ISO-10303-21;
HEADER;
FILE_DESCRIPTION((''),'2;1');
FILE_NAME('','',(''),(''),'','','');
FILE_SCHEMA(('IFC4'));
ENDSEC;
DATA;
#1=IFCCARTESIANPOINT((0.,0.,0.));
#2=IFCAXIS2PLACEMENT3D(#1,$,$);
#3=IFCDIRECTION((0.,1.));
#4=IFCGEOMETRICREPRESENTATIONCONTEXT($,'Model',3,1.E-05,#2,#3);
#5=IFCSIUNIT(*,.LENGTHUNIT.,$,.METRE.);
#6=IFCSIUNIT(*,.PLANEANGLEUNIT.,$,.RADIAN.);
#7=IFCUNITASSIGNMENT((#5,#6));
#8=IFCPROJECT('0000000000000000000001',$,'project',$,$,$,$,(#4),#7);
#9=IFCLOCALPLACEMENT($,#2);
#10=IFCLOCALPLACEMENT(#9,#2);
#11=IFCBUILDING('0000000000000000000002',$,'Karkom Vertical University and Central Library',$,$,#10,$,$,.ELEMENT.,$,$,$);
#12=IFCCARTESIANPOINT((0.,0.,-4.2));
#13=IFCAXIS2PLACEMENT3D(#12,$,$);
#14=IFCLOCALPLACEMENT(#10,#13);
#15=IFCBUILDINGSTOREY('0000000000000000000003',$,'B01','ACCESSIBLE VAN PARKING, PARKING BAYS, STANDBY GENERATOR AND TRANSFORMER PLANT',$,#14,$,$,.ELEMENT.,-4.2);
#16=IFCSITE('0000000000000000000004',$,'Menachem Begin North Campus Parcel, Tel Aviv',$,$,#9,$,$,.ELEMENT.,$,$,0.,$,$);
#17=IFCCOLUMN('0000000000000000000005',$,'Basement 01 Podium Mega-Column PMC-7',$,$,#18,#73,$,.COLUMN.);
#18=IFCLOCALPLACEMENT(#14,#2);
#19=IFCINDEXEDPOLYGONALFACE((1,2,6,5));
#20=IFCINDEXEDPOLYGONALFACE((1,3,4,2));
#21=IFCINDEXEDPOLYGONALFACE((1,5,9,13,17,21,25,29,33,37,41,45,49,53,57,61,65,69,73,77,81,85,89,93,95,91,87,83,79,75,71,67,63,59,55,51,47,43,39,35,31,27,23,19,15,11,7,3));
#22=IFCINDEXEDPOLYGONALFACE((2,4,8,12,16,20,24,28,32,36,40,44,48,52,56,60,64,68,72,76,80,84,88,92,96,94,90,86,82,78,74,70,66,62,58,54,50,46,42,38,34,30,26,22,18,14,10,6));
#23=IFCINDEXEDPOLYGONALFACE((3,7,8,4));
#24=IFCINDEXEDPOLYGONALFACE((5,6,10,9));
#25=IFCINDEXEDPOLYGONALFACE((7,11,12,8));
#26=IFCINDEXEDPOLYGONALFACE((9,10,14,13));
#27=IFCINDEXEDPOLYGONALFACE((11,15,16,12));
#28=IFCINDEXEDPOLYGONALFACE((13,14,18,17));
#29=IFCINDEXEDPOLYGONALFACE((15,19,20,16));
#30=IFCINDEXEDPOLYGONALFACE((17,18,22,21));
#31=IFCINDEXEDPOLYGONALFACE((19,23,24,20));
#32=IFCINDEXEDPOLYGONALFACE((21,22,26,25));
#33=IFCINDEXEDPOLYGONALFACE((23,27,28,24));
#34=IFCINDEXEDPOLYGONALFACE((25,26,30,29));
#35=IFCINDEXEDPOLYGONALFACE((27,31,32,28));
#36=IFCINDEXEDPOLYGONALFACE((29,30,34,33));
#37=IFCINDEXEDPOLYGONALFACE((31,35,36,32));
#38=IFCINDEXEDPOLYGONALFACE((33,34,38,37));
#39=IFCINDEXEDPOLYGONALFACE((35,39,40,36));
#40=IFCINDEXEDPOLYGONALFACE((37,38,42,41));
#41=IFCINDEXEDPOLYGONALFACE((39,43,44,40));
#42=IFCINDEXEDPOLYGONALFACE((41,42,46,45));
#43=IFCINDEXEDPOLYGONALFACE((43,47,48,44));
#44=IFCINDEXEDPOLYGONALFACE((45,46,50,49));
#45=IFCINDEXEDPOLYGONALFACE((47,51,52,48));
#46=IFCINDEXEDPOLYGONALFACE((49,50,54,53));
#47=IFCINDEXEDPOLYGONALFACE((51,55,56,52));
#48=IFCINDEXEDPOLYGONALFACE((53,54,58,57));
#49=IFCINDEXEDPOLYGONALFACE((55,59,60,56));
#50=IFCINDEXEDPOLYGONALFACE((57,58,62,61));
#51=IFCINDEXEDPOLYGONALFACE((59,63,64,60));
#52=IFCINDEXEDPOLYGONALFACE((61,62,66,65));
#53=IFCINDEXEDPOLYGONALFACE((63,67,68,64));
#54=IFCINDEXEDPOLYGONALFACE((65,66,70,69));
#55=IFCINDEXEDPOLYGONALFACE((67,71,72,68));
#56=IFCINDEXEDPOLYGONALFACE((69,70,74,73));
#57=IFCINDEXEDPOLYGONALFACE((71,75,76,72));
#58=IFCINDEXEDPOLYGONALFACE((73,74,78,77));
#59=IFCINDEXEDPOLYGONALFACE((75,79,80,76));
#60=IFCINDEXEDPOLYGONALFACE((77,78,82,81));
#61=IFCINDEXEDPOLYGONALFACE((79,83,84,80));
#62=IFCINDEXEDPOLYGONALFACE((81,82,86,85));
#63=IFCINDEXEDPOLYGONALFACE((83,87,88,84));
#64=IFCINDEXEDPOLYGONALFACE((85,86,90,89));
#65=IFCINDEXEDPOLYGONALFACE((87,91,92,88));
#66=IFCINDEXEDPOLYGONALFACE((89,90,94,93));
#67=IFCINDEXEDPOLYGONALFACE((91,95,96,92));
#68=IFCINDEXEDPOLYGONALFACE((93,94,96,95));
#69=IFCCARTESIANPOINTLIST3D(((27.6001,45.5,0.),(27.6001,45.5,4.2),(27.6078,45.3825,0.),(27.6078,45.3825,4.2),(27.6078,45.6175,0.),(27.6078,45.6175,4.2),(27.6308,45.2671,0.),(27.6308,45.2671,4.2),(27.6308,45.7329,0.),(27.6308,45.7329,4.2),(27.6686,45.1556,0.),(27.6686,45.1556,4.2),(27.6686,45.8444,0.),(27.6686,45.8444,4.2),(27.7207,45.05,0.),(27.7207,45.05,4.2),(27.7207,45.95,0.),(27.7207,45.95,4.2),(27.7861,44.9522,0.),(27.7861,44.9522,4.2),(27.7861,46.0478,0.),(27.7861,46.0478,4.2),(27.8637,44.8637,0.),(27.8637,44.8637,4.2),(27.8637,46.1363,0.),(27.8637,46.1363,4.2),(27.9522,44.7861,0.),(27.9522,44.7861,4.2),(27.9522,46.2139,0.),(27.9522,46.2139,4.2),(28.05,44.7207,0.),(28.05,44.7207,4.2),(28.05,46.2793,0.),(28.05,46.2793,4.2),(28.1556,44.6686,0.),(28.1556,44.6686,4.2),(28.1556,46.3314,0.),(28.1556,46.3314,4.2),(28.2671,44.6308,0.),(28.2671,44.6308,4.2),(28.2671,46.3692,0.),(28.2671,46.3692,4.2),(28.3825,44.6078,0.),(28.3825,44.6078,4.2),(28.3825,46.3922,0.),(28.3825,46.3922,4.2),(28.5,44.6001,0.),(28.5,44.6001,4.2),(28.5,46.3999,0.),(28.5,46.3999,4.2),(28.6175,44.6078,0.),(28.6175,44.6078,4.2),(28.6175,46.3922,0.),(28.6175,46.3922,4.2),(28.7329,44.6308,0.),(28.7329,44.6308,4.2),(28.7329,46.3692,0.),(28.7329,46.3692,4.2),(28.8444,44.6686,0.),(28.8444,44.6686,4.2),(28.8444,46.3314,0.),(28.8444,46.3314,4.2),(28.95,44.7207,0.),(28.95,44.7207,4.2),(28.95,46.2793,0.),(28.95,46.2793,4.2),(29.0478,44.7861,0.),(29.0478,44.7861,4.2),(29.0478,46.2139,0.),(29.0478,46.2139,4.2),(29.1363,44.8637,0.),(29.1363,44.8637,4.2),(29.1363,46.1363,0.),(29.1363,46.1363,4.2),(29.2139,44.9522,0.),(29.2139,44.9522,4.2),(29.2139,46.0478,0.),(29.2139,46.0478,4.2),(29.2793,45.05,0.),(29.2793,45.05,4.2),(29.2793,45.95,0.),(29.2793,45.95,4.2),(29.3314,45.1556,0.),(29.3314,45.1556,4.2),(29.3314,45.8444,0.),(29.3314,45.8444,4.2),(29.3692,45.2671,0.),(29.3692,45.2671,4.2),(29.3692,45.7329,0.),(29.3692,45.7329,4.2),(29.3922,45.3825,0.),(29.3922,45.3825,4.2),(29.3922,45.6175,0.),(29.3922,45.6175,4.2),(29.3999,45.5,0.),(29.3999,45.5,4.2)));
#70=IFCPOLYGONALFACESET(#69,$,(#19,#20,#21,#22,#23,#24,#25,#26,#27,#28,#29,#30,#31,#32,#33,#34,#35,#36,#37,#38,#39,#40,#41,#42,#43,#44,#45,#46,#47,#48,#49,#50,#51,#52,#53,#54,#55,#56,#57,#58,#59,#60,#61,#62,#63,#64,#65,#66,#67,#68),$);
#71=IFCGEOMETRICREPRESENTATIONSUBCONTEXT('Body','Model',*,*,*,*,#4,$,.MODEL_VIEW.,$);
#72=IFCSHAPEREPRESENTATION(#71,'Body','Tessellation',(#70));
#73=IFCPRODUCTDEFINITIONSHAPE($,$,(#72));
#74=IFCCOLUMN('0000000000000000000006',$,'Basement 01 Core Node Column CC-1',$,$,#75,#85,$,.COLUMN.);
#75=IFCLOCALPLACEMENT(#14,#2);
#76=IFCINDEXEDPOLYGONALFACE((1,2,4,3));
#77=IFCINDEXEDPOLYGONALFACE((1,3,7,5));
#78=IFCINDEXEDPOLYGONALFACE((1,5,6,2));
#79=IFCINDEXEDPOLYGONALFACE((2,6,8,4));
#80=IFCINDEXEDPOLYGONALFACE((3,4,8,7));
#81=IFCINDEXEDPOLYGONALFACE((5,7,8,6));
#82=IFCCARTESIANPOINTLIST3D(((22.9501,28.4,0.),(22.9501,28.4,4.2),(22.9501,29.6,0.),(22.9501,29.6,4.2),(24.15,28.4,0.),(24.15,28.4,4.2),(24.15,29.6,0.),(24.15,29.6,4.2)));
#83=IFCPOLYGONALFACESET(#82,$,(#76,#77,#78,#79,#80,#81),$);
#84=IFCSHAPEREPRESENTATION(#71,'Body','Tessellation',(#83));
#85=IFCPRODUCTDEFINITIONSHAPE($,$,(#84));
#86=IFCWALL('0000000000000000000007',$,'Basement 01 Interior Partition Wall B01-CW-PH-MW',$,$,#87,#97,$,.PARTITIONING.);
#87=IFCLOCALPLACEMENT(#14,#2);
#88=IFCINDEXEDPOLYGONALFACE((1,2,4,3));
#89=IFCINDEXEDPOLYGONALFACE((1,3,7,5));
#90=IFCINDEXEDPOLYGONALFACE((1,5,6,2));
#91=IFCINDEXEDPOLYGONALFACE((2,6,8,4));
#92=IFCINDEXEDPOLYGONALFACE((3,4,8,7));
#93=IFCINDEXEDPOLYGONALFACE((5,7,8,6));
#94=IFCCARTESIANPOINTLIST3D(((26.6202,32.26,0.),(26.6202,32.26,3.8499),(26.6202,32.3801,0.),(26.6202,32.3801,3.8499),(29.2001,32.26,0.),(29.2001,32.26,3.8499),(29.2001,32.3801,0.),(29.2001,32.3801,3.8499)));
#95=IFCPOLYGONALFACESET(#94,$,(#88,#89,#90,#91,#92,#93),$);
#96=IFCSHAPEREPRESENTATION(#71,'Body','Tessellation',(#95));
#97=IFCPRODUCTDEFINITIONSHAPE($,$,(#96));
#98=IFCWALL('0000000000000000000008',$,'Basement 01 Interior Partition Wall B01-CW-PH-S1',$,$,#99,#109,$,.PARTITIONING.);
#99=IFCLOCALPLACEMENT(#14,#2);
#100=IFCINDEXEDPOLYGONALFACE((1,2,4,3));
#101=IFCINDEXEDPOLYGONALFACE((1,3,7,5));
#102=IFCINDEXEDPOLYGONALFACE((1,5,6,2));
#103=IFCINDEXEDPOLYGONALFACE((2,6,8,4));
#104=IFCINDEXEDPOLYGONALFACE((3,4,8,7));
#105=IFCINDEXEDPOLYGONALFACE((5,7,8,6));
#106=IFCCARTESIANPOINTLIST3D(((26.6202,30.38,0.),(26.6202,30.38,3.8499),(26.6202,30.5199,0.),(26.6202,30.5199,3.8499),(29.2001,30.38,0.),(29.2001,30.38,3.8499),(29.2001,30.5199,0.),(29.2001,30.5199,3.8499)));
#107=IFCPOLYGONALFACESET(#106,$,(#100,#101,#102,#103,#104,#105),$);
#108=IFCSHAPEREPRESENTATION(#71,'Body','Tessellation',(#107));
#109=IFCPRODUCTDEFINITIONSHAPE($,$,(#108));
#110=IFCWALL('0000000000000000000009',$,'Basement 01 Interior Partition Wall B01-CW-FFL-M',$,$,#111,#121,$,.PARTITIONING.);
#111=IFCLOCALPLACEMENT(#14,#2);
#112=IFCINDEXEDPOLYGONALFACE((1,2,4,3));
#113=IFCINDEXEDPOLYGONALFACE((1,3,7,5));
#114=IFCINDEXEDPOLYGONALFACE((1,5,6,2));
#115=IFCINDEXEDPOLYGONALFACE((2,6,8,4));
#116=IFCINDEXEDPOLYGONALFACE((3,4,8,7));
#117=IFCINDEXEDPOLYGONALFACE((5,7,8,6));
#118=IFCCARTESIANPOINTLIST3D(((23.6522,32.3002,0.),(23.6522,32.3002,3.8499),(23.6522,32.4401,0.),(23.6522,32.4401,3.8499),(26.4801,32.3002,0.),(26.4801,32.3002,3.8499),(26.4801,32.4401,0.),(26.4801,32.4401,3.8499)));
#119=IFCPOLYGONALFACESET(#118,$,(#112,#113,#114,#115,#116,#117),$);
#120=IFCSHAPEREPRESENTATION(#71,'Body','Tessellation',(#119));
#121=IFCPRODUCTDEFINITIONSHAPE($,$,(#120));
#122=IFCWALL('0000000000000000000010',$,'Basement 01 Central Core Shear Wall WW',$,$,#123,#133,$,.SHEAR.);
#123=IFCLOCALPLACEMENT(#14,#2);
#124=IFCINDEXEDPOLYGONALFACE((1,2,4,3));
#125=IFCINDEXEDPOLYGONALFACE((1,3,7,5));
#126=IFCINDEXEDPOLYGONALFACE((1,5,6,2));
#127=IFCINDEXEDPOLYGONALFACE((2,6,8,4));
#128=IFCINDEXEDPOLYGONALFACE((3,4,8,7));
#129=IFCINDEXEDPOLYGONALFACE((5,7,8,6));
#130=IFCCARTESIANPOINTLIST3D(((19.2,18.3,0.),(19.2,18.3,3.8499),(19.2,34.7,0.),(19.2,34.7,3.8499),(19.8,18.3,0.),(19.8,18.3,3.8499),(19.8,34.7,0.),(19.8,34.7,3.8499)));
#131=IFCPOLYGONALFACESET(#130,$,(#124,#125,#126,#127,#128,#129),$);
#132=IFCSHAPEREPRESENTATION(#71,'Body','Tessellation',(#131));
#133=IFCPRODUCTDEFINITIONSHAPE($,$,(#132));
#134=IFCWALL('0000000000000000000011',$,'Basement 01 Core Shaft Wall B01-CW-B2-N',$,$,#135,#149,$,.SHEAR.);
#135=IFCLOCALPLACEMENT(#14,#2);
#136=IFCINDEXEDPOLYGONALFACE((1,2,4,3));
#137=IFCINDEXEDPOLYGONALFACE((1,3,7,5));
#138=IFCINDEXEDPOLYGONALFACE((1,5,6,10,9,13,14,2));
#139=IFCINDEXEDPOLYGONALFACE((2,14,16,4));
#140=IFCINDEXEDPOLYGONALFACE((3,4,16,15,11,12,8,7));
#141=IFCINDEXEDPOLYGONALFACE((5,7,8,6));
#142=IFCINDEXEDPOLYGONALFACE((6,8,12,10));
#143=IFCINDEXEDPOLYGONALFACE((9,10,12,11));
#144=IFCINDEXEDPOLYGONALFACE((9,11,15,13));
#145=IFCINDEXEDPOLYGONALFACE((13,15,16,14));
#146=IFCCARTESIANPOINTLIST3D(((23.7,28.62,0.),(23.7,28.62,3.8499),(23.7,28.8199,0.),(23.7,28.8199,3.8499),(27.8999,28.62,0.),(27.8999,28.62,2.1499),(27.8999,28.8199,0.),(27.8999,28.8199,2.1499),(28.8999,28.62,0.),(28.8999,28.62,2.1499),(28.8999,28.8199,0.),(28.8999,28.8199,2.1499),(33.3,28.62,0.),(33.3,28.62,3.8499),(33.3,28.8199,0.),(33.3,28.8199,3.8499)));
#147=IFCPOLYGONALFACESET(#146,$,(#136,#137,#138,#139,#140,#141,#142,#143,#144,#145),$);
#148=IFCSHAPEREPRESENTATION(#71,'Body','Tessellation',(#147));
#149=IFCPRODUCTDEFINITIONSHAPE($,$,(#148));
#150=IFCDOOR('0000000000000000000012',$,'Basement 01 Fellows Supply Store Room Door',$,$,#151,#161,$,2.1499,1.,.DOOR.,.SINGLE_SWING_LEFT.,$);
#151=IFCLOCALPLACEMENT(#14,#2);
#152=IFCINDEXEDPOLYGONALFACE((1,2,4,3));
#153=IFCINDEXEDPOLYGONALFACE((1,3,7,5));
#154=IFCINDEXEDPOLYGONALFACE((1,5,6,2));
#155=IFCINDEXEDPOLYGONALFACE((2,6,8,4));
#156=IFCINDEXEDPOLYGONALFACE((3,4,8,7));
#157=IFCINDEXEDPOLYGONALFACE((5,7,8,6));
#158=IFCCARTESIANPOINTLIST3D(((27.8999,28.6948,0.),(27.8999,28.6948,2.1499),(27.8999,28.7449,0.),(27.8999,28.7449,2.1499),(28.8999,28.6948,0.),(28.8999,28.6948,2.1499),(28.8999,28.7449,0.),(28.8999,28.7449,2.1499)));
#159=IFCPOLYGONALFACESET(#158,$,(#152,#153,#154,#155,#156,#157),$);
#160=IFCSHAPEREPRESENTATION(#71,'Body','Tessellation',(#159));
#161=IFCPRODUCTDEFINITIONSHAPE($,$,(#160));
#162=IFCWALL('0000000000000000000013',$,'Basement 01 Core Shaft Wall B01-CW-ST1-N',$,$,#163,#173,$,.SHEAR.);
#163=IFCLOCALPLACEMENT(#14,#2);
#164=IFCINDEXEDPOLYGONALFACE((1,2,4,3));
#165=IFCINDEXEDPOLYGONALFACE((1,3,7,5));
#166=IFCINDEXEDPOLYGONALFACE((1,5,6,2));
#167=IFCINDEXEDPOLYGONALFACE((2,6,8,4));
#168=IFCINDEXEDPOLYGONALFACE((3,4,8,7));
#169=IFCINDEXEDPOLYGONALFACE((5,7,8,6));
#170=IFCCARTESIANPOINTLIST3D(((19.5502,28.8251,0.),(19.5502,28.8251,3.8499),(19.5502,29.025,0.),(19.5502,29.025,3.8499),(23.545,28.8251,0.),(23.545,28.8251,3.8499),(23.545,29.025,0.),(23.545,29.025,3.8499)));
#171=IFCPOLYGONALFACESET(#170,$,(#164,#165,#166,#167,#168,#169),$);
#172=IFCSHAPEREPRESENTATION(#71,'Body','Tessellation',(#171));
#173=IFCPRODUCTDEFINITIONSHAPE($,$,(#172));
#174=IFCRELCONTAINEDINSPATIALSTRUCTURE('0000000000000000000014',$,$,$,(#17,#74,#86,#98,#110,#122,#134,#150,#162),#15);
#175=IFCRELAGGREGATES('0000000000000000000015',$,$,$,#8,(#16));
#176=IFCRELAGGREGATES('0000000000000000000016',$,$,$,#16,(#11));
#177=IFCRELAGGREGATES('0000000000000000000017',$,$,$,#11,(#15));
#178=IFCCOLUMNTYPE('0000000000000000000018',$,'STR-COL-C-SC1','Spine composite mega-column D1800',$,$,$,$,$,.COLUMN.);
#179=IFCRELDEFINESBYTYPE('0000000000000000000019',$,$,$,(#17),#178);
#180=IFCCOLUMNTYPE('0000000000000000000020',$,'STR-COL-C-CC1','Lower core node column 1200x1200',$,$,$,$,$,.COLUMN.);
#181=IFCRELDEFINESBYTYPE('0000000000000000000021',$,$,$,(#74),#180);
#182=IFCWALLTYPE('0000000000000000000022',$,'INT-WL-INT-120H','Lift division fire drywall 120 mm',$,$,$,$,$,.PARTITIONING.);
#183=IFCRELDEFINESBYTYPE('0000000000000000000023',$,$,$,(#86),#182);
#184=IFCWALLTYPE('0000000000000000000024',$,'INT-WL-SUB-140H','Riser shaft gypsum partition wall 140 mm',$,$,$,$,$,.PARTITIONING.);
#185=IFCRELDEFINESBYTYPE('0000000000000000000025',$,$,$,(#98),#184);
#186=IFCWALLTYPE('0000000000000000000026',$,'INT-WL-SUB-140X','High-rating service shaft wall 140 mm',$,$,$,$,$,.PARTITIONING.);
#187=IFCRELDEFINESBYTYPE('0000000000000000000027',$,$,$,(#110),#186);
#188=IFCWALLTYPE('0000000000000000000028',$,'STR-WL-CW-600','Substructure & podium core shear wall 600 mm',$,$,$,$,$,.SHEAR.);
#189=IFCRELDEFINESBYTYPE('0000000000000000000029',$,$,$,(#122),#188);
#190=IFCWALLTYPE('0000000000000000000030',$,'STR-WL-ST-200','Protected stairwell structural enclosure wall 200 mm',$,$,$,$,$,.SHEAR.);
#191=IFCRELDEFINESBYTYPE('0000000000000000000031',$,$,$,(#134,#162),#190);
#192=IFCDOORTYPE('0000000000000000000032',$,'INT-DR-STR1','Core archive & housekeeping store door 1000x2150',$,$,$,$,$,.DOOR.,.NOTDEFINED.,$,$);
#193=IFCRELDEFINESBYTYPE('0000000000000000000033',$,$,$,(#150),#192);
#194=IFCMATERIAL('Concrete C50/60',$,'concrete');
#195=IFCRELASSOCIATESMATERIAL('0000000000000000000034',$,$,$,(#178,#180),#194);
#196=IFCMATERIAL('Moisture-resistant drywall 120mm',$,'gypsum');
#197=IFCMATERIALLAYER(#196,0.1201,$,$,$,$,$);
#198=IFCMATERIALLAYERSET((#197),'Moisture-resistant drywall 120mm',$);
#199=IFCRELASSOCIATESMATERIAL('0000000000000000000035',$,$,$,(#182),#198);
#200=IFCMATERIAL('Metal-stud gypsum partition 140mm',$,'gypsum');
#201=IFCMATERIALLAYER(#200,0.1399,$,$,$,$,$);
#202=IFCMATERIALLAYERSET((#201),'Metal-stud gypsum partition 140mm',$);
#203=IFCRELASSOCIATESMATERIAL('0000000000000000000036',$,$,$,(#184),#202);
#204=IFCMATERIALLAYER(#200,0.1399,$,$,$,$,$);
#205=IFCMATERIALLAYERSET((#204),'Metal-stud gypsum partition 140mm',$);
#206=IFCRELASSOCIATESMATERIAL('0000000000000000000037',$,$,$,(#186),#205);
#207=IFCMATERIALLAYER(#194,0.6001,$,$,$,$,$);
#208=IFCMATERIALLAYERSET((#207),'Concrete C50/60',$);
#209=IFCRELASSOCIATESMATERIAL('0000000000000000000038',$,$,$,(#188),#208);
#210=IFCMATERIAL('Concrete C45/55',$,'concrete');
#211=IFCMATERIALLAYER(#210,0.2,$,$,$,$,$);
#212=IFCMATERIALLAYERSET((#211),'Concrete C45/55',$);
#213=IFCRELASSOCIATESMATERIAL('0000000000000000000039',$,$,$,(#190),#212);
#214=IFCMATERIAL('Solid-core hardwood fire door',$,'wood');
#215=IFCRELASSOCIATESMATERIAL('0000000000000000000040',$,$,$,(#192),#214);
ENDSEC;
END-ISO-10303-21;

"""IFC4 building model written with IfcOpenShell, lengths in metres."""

from ifc_helpers import new_model, si_unit, direction, frame, frame_2d, origin, origin_with_axes, origin_2d, place, context, subcontext, project, spatial, rectangle, circle, extrude, source, transform, mapped, material, layer, layer_set, material_profile, profile_set, type_object, element, fill, save


model = new_model("IFC4")

# Units and contexts
model_context = context("Model", 3, precision=1e-05, world=origin(), true_north=direction((0.0, 1.0)))
body_context = subcontext(model_context, "Body", "Model", "MODEL_VIEW")
ifc_project = project(units=[si_unit("LENGTHUNIT", "METRE"), si_unit("PLANEANGLEUNIT", "RADIAN")], contexts=[model_context])

# Site, building, storey
site_placement = place(None, origin())
site = spatial("IfcSite", under=ifc_project, at=site_placement, Name="Menachem Begin North Campus Parcel, Tel Aviv", CompositionType="ELEMENT", RefElevation=0.0)
building_placement = place(site_placement, origin())
building = spatial("IfcBuilding", under=site, at=building_placement, Name="Karkom Vertical University and Central Library", CompositionType="ELEMENT")
storey_placement = place(building_placement, frame((0.0, 0.0, -4.2)))
storey = spatial("IfcBuildingStorey", under=building, at=storey_placement, Name="B01", Description="ACCESSIBLE VAN PARKING, PARKING BAYS, STANDBY GENERATOR AND TRANSFORMER PLANT", CompositionType="ELEMENT", Elevation=-4.2)

# Columns
ifc_material_1 = material(Name="Concrete C45/55", Category="concrete")
ifc_material_2 = material(Name="Concrete C50/60", Category="concrete")
ifc_material_profile_1 = material_profile(ifc_material_2, circle(Radius=0.8999, at=origin_2d()), Name="CFT-D1800")
ifc_profile_set_1 = profile_set([ifc_material_profile_1], Name="Concrete C50/60")
column_type_1 = type_object("IfcColumnType", Name="STR-COL-C-SC1", Description="Spine composite mega-column D1800", PredefinedType="COLUMN", material=ifc_profile_set_1)
shared_shape_1 = source(origin_with_axes(), body_context, "Body", "SweptSolid", [
    extrude(circle(Radius=0.8999, at=origin_2d()), origin(), (0.0, 0.0, 1.0), 4.2),
])
for number, where, z_axis, x_axis, name in (
    (1, (28.5, 45.5, 0.0), (0.0, 0.0, 1.0), (1.0, 0.0, 0.0), "Basement 01 Podium Mega-Column PMC-7"),
):
    element("IfcColumn", number, at=place(storey_placement, frame(where, z_axis=z_axis, x_axis=x_axis)), inside=storey, type_object=column_type_1, Name=name, PredefinedType="COLUMN", context=body_context, shape_type="MappedRepresentation", body=[
        mapped(shared_shape_1, transform((0.0, 0.0, 0.0), scale=1.0)),
    ])
ifc_material_profile_2 = material_profile(ifc_material_2, rectangle(XDim=1.2, YDim=1.2, at=origin_2d()), Name="RC-1200x1200")
ifc_profile_set_2 = profile_set([ifc_material_profile_2], Name="Concrete C50/60")
column_type_2 = type_object("IfcColumnType", Name="STR-COL-C-CC1", Description="Lower core node column 1200x1200", PredefinedType="COLUMN", material=ifc_profile_set_2)
shared_shape_2 = source(origin_with_axes(), body_context, "Body", "SweptSolid", [
    extrude(rectangle(XDim=1.2, YDim=1.2, at=origin_2d()), origin(), (0.0, 0.0, 1.0), 4.2),
])
column_1_placement = place(storey_placement, frame((23.55, 29.0, 0.0), z_axis=(0.0, 0.0, 1.0), x_axis=(1.0, 0.0, 0.0)))
element("IfcColumn", 2, at=column_1_placement, inside=storey, type_object=column_type_2, Name="Basement 01 Core Node Column CC-1", PredefinedType="COLUMN", context=body_context, shape_type="MappedRepresentation", body=[
    mapped(shared_shape_2, transform((0.0, 0.0, 0.0), scale=1.0)),
])

# Walls
ifc_material_3 = material(Name="Moisture-resistant drywall 120mm", Category="gypsum")
ifc_layer_1 = layer(ifc_material_3, 0.1201)
ifc_layer_set_1 = layer_set([ifc_layer_1], Name="Moisture-resistant drywall 120mm")
wall_type_1 = type_object("IfcWallType", Name="INT-WL-INT-120H", Description="Lift division fire drywall 120 mm", PredefinedType="PARTITIONING", material=ifc_layer_set_1)
wall_1_placement = place(storey_placement, frame((26.6201, 32.3201, 0.0), z_axis=(0.0, 0.0, 1.0), x_axis=(1.0, 0.0, 0.0)))
element("IfcWall", 3, at=wall_1_placement, inside=storey, type_object=wall_type_1, Name="Basement 01 Interior Partition Wall B01-CW-PH-MW", PredefinedType="PARTITIONING", context=body_context, shape_type="SweptSolid", body=[
    extrude(rectangle(XDim=2.5798, YDim=0.1201, at=frame_2d((1.29, 0.0))), origin(), (0.0, 0.0, 1.0), 3.8499),
])
ifc_material_4 = material(Name="Metal-stud gypsum partition 140mm", Category="gypsum")
ifc_layer_2 = layer(ifc_material_4, 0.1399)
ifc_layer_set_2 = layer_set([ifc_layer_2], Name="Metal-stud gypsum partition 140mm")
wall_type_2 = type_object("IfcWallType", Name="INT-WL-SUB-140H", Description="Riser shaft gypsum partition wall 140 mm", PredefinedType="PARTITIONING", material=ifc_layer_set_2)
wall_2_placement = place(storey_placement, frame((26.6201, 30.45, 0.0), z_axis=(0.0, 0.0, 1.0), x_axis=(1.0, 0.0, 0.0)))
element("IfcWall", 4, at=wall_2_placement, inside=storey, type_object=wall_type_2, Name="Basement 01 Interior Partition Wall B01-CW-PH-S1", PredefinedType="PARTITIONING", context=body_context, shape_type="SweptSolid", body=[
    extrude(rectangle(XDim=2.5798, YDim=0.1399, at=frame_2d((1.29, 0.0))), origin(), (0.0, 0.0, 1.0), 3.8499),
])
ifc_layer_3 = layer(ifc_material_4, 0.1399)
ifc_layer_set_3 = layer_set([ifc_layer_3], Name="Metal-stud gypsum partition 140mm")
wall_type_3 = type_object("IfcWallType", Name="INT-WL-SUB-140X", Description="High-rating service shaft wall 140 mm", PredefinedType="PARTITIONING", material=ifc_layer_set_3)
wall_3_placement = place(storey_placement, frame((23.6521, 32.3701, 0.0), z_axis=(0.0, 0.0, 1.0), x_axis=(1.0, 0.0, 0.0)))
element("IfcWall", 5, at=wall_3_placement, inside=storey, type_object=wall_type_3, Name="Basement 01 Interior Partition Wall B01-CW-FFL-M", PredefinedType="PARTITIONING", context=body_context, shape_type="SweptSolid", body=[
    extrude(rectangle(XDim=2.8279, YDim=0.1399, at=frame_2d((1.4141, 0.0))), origin(), (0.0, 0.0, 1.0), 3.8499),
])

# Shared definitions
ifc_layer_4 = layer(ifc_material_2, 0.6001)
ifc_layer_set_4 = layer_set([ifc_layer_4], Name="Concrete C50/60")
wall_type_4 = type_object("IfcWallType", Name="STR-WL-CW-600", Description="Substructure & podium core shear wall 600 mm", PredefinedType="SHEAR", material=ifc_layer_set_4)

# Wall
wall_4_placement = place(storey_placement, frame((19.5, 34.7, 0.0), z_axis=(0.0, 0.0, 1.0), x_axis=(0.0, -1.0, 0.0)))
element("IfcWall", 6, at=wall_4_placement, inside=storey, type_object=wall_type_4, Name="Basement 01 Central Core Shear Wall WW", PredefinedType="SHEAR", context=body_context, shape_type="SweptSolid", body=[
    extrude(rectangle(XDim=16.3999, YDim=0.6001, at=frame_2d((8.2, 0.0))), origin(), (0.0, 0.0, 1.0), 3.8499),
])

# Wall, opening, door
ifc_layer_5 = layer(ifc_material_1, 0.2)
ifc_layer_set_5 = layer_set([ifc_layer_5], Name="Concrete C45/55")
wall_type_5 = type_object("IfcWallType", Name="STR-WL-ST-200", Description="Protected stairwell structural enclosure wall 200 mm", PredefinedType="SHEAR", material=ifc_layer_set_5)
wall_5_placement = place(storey_placement, frame((23.7, 28.72, 0.0), z_axis=(0.0, 0.0, 1.0), x_axis=(1.0, 0.0, 0.0)))
wall_5 = element("IfcWall", 7, at=wall_5_placement, inside=storey, type_object=wall_type_5, Name="Basement 01 Core Shaft Wall B01-CW-B2-N", PredefinedType="SHEAR", context=body_context, shape_type="SweptSolid", body=[
    extrude(rectangle(XDim=9.6001, YDim=0.2, at=frame_2d((4.8, 0.0))), origin(), (0.0, 0.0, 1.0), 3.8499),
])
opening_1_placement = place(wall_5_placement, frame((4.2, 0.0, 0.0)))
opening_1 = element("IfcOpeningElement", 8, at=opening_1_placement, cuts=wall_5, PredefinedType="OPENING", context=body_context, shape_type="SweptSolid", body=[
    extrude(rectangle(XDim=1.0, YDim=2.1499, at=frame_2d((0.5, 1.075))), frame((0.0, 0.1099, 0.0), z_axis=(0.0, -1.0, 0.0), x_axis=(1.0, 0.0, 0.0)), (0.0, 0.0, 1.0), 0.22),
])
ifc_material_5 = material(Name="Solid-core hardwood fire door", Category="wood")
door_type_1 = type_object("IfcDoorType", Name="INT-DR-STR1", Description="Core archive & housekeeping store door 1000x2150", OperationType="NOTDEFINED", PredefinedType="DOOR", material=ifc_material_5)
shared_shape_3 = source(origin_with_axes(), body_context, "Body", "SweptSolid", [
    extrude(rectangle(XDim=1.0, YDim=2.1499, at=frame_2d((0.5, 1.075))), frame((0.0, 0.0249, 0.0), z_axis=(0.0, -1.0, 0.0), x_axis=(1.0, 0.0, 0.0)), (0.0, 0.0, 1.0), 0.05),
])
door_1_placement = place(opening_1_placement, origin())
door_1 = element("IfcDoor", 9, at=door_1_placement, inside=storey, type_object=door_type_1, Name="Basement 01 Fellows Supply Store Room Door", OperationType="SINGLE_SWING_LEFT", OverallHeight=2.1499, OverallWidth=1.0, PredefinedType="DOOR", context=body_context, shape_type="MappedRepresentation", body=[
    mapped(shared_shape_3, transform((0.0, 0.0, 0.0), scale=1.0)),
])
fill(opening_1, door_1)

# Wall
wall_6_placement = place(storey_placement, frame((19.55, 28.925, 0.0), z_axis=(0.0, 0.0, 1.0), x_axis=(1.0, 0.0, 0.0)))
element("IfcWall", 10, at=wall_6_placement, inside=storey, type_object=wall_type_5, Name="Basement 01 Core Shaft Wall B01-CW-ST1-N", PredefinedType="SHEAR", context=body_context, shape_type="SweptSolid", body=[
    extrude(rectangle(XDim=3.9949, YDim=0.2, at=frame_2d((1.9976, 0.0))), origin(), (0.0, 0.0, 1.0), 3.8499),
])

save(model, "model.ifc")
